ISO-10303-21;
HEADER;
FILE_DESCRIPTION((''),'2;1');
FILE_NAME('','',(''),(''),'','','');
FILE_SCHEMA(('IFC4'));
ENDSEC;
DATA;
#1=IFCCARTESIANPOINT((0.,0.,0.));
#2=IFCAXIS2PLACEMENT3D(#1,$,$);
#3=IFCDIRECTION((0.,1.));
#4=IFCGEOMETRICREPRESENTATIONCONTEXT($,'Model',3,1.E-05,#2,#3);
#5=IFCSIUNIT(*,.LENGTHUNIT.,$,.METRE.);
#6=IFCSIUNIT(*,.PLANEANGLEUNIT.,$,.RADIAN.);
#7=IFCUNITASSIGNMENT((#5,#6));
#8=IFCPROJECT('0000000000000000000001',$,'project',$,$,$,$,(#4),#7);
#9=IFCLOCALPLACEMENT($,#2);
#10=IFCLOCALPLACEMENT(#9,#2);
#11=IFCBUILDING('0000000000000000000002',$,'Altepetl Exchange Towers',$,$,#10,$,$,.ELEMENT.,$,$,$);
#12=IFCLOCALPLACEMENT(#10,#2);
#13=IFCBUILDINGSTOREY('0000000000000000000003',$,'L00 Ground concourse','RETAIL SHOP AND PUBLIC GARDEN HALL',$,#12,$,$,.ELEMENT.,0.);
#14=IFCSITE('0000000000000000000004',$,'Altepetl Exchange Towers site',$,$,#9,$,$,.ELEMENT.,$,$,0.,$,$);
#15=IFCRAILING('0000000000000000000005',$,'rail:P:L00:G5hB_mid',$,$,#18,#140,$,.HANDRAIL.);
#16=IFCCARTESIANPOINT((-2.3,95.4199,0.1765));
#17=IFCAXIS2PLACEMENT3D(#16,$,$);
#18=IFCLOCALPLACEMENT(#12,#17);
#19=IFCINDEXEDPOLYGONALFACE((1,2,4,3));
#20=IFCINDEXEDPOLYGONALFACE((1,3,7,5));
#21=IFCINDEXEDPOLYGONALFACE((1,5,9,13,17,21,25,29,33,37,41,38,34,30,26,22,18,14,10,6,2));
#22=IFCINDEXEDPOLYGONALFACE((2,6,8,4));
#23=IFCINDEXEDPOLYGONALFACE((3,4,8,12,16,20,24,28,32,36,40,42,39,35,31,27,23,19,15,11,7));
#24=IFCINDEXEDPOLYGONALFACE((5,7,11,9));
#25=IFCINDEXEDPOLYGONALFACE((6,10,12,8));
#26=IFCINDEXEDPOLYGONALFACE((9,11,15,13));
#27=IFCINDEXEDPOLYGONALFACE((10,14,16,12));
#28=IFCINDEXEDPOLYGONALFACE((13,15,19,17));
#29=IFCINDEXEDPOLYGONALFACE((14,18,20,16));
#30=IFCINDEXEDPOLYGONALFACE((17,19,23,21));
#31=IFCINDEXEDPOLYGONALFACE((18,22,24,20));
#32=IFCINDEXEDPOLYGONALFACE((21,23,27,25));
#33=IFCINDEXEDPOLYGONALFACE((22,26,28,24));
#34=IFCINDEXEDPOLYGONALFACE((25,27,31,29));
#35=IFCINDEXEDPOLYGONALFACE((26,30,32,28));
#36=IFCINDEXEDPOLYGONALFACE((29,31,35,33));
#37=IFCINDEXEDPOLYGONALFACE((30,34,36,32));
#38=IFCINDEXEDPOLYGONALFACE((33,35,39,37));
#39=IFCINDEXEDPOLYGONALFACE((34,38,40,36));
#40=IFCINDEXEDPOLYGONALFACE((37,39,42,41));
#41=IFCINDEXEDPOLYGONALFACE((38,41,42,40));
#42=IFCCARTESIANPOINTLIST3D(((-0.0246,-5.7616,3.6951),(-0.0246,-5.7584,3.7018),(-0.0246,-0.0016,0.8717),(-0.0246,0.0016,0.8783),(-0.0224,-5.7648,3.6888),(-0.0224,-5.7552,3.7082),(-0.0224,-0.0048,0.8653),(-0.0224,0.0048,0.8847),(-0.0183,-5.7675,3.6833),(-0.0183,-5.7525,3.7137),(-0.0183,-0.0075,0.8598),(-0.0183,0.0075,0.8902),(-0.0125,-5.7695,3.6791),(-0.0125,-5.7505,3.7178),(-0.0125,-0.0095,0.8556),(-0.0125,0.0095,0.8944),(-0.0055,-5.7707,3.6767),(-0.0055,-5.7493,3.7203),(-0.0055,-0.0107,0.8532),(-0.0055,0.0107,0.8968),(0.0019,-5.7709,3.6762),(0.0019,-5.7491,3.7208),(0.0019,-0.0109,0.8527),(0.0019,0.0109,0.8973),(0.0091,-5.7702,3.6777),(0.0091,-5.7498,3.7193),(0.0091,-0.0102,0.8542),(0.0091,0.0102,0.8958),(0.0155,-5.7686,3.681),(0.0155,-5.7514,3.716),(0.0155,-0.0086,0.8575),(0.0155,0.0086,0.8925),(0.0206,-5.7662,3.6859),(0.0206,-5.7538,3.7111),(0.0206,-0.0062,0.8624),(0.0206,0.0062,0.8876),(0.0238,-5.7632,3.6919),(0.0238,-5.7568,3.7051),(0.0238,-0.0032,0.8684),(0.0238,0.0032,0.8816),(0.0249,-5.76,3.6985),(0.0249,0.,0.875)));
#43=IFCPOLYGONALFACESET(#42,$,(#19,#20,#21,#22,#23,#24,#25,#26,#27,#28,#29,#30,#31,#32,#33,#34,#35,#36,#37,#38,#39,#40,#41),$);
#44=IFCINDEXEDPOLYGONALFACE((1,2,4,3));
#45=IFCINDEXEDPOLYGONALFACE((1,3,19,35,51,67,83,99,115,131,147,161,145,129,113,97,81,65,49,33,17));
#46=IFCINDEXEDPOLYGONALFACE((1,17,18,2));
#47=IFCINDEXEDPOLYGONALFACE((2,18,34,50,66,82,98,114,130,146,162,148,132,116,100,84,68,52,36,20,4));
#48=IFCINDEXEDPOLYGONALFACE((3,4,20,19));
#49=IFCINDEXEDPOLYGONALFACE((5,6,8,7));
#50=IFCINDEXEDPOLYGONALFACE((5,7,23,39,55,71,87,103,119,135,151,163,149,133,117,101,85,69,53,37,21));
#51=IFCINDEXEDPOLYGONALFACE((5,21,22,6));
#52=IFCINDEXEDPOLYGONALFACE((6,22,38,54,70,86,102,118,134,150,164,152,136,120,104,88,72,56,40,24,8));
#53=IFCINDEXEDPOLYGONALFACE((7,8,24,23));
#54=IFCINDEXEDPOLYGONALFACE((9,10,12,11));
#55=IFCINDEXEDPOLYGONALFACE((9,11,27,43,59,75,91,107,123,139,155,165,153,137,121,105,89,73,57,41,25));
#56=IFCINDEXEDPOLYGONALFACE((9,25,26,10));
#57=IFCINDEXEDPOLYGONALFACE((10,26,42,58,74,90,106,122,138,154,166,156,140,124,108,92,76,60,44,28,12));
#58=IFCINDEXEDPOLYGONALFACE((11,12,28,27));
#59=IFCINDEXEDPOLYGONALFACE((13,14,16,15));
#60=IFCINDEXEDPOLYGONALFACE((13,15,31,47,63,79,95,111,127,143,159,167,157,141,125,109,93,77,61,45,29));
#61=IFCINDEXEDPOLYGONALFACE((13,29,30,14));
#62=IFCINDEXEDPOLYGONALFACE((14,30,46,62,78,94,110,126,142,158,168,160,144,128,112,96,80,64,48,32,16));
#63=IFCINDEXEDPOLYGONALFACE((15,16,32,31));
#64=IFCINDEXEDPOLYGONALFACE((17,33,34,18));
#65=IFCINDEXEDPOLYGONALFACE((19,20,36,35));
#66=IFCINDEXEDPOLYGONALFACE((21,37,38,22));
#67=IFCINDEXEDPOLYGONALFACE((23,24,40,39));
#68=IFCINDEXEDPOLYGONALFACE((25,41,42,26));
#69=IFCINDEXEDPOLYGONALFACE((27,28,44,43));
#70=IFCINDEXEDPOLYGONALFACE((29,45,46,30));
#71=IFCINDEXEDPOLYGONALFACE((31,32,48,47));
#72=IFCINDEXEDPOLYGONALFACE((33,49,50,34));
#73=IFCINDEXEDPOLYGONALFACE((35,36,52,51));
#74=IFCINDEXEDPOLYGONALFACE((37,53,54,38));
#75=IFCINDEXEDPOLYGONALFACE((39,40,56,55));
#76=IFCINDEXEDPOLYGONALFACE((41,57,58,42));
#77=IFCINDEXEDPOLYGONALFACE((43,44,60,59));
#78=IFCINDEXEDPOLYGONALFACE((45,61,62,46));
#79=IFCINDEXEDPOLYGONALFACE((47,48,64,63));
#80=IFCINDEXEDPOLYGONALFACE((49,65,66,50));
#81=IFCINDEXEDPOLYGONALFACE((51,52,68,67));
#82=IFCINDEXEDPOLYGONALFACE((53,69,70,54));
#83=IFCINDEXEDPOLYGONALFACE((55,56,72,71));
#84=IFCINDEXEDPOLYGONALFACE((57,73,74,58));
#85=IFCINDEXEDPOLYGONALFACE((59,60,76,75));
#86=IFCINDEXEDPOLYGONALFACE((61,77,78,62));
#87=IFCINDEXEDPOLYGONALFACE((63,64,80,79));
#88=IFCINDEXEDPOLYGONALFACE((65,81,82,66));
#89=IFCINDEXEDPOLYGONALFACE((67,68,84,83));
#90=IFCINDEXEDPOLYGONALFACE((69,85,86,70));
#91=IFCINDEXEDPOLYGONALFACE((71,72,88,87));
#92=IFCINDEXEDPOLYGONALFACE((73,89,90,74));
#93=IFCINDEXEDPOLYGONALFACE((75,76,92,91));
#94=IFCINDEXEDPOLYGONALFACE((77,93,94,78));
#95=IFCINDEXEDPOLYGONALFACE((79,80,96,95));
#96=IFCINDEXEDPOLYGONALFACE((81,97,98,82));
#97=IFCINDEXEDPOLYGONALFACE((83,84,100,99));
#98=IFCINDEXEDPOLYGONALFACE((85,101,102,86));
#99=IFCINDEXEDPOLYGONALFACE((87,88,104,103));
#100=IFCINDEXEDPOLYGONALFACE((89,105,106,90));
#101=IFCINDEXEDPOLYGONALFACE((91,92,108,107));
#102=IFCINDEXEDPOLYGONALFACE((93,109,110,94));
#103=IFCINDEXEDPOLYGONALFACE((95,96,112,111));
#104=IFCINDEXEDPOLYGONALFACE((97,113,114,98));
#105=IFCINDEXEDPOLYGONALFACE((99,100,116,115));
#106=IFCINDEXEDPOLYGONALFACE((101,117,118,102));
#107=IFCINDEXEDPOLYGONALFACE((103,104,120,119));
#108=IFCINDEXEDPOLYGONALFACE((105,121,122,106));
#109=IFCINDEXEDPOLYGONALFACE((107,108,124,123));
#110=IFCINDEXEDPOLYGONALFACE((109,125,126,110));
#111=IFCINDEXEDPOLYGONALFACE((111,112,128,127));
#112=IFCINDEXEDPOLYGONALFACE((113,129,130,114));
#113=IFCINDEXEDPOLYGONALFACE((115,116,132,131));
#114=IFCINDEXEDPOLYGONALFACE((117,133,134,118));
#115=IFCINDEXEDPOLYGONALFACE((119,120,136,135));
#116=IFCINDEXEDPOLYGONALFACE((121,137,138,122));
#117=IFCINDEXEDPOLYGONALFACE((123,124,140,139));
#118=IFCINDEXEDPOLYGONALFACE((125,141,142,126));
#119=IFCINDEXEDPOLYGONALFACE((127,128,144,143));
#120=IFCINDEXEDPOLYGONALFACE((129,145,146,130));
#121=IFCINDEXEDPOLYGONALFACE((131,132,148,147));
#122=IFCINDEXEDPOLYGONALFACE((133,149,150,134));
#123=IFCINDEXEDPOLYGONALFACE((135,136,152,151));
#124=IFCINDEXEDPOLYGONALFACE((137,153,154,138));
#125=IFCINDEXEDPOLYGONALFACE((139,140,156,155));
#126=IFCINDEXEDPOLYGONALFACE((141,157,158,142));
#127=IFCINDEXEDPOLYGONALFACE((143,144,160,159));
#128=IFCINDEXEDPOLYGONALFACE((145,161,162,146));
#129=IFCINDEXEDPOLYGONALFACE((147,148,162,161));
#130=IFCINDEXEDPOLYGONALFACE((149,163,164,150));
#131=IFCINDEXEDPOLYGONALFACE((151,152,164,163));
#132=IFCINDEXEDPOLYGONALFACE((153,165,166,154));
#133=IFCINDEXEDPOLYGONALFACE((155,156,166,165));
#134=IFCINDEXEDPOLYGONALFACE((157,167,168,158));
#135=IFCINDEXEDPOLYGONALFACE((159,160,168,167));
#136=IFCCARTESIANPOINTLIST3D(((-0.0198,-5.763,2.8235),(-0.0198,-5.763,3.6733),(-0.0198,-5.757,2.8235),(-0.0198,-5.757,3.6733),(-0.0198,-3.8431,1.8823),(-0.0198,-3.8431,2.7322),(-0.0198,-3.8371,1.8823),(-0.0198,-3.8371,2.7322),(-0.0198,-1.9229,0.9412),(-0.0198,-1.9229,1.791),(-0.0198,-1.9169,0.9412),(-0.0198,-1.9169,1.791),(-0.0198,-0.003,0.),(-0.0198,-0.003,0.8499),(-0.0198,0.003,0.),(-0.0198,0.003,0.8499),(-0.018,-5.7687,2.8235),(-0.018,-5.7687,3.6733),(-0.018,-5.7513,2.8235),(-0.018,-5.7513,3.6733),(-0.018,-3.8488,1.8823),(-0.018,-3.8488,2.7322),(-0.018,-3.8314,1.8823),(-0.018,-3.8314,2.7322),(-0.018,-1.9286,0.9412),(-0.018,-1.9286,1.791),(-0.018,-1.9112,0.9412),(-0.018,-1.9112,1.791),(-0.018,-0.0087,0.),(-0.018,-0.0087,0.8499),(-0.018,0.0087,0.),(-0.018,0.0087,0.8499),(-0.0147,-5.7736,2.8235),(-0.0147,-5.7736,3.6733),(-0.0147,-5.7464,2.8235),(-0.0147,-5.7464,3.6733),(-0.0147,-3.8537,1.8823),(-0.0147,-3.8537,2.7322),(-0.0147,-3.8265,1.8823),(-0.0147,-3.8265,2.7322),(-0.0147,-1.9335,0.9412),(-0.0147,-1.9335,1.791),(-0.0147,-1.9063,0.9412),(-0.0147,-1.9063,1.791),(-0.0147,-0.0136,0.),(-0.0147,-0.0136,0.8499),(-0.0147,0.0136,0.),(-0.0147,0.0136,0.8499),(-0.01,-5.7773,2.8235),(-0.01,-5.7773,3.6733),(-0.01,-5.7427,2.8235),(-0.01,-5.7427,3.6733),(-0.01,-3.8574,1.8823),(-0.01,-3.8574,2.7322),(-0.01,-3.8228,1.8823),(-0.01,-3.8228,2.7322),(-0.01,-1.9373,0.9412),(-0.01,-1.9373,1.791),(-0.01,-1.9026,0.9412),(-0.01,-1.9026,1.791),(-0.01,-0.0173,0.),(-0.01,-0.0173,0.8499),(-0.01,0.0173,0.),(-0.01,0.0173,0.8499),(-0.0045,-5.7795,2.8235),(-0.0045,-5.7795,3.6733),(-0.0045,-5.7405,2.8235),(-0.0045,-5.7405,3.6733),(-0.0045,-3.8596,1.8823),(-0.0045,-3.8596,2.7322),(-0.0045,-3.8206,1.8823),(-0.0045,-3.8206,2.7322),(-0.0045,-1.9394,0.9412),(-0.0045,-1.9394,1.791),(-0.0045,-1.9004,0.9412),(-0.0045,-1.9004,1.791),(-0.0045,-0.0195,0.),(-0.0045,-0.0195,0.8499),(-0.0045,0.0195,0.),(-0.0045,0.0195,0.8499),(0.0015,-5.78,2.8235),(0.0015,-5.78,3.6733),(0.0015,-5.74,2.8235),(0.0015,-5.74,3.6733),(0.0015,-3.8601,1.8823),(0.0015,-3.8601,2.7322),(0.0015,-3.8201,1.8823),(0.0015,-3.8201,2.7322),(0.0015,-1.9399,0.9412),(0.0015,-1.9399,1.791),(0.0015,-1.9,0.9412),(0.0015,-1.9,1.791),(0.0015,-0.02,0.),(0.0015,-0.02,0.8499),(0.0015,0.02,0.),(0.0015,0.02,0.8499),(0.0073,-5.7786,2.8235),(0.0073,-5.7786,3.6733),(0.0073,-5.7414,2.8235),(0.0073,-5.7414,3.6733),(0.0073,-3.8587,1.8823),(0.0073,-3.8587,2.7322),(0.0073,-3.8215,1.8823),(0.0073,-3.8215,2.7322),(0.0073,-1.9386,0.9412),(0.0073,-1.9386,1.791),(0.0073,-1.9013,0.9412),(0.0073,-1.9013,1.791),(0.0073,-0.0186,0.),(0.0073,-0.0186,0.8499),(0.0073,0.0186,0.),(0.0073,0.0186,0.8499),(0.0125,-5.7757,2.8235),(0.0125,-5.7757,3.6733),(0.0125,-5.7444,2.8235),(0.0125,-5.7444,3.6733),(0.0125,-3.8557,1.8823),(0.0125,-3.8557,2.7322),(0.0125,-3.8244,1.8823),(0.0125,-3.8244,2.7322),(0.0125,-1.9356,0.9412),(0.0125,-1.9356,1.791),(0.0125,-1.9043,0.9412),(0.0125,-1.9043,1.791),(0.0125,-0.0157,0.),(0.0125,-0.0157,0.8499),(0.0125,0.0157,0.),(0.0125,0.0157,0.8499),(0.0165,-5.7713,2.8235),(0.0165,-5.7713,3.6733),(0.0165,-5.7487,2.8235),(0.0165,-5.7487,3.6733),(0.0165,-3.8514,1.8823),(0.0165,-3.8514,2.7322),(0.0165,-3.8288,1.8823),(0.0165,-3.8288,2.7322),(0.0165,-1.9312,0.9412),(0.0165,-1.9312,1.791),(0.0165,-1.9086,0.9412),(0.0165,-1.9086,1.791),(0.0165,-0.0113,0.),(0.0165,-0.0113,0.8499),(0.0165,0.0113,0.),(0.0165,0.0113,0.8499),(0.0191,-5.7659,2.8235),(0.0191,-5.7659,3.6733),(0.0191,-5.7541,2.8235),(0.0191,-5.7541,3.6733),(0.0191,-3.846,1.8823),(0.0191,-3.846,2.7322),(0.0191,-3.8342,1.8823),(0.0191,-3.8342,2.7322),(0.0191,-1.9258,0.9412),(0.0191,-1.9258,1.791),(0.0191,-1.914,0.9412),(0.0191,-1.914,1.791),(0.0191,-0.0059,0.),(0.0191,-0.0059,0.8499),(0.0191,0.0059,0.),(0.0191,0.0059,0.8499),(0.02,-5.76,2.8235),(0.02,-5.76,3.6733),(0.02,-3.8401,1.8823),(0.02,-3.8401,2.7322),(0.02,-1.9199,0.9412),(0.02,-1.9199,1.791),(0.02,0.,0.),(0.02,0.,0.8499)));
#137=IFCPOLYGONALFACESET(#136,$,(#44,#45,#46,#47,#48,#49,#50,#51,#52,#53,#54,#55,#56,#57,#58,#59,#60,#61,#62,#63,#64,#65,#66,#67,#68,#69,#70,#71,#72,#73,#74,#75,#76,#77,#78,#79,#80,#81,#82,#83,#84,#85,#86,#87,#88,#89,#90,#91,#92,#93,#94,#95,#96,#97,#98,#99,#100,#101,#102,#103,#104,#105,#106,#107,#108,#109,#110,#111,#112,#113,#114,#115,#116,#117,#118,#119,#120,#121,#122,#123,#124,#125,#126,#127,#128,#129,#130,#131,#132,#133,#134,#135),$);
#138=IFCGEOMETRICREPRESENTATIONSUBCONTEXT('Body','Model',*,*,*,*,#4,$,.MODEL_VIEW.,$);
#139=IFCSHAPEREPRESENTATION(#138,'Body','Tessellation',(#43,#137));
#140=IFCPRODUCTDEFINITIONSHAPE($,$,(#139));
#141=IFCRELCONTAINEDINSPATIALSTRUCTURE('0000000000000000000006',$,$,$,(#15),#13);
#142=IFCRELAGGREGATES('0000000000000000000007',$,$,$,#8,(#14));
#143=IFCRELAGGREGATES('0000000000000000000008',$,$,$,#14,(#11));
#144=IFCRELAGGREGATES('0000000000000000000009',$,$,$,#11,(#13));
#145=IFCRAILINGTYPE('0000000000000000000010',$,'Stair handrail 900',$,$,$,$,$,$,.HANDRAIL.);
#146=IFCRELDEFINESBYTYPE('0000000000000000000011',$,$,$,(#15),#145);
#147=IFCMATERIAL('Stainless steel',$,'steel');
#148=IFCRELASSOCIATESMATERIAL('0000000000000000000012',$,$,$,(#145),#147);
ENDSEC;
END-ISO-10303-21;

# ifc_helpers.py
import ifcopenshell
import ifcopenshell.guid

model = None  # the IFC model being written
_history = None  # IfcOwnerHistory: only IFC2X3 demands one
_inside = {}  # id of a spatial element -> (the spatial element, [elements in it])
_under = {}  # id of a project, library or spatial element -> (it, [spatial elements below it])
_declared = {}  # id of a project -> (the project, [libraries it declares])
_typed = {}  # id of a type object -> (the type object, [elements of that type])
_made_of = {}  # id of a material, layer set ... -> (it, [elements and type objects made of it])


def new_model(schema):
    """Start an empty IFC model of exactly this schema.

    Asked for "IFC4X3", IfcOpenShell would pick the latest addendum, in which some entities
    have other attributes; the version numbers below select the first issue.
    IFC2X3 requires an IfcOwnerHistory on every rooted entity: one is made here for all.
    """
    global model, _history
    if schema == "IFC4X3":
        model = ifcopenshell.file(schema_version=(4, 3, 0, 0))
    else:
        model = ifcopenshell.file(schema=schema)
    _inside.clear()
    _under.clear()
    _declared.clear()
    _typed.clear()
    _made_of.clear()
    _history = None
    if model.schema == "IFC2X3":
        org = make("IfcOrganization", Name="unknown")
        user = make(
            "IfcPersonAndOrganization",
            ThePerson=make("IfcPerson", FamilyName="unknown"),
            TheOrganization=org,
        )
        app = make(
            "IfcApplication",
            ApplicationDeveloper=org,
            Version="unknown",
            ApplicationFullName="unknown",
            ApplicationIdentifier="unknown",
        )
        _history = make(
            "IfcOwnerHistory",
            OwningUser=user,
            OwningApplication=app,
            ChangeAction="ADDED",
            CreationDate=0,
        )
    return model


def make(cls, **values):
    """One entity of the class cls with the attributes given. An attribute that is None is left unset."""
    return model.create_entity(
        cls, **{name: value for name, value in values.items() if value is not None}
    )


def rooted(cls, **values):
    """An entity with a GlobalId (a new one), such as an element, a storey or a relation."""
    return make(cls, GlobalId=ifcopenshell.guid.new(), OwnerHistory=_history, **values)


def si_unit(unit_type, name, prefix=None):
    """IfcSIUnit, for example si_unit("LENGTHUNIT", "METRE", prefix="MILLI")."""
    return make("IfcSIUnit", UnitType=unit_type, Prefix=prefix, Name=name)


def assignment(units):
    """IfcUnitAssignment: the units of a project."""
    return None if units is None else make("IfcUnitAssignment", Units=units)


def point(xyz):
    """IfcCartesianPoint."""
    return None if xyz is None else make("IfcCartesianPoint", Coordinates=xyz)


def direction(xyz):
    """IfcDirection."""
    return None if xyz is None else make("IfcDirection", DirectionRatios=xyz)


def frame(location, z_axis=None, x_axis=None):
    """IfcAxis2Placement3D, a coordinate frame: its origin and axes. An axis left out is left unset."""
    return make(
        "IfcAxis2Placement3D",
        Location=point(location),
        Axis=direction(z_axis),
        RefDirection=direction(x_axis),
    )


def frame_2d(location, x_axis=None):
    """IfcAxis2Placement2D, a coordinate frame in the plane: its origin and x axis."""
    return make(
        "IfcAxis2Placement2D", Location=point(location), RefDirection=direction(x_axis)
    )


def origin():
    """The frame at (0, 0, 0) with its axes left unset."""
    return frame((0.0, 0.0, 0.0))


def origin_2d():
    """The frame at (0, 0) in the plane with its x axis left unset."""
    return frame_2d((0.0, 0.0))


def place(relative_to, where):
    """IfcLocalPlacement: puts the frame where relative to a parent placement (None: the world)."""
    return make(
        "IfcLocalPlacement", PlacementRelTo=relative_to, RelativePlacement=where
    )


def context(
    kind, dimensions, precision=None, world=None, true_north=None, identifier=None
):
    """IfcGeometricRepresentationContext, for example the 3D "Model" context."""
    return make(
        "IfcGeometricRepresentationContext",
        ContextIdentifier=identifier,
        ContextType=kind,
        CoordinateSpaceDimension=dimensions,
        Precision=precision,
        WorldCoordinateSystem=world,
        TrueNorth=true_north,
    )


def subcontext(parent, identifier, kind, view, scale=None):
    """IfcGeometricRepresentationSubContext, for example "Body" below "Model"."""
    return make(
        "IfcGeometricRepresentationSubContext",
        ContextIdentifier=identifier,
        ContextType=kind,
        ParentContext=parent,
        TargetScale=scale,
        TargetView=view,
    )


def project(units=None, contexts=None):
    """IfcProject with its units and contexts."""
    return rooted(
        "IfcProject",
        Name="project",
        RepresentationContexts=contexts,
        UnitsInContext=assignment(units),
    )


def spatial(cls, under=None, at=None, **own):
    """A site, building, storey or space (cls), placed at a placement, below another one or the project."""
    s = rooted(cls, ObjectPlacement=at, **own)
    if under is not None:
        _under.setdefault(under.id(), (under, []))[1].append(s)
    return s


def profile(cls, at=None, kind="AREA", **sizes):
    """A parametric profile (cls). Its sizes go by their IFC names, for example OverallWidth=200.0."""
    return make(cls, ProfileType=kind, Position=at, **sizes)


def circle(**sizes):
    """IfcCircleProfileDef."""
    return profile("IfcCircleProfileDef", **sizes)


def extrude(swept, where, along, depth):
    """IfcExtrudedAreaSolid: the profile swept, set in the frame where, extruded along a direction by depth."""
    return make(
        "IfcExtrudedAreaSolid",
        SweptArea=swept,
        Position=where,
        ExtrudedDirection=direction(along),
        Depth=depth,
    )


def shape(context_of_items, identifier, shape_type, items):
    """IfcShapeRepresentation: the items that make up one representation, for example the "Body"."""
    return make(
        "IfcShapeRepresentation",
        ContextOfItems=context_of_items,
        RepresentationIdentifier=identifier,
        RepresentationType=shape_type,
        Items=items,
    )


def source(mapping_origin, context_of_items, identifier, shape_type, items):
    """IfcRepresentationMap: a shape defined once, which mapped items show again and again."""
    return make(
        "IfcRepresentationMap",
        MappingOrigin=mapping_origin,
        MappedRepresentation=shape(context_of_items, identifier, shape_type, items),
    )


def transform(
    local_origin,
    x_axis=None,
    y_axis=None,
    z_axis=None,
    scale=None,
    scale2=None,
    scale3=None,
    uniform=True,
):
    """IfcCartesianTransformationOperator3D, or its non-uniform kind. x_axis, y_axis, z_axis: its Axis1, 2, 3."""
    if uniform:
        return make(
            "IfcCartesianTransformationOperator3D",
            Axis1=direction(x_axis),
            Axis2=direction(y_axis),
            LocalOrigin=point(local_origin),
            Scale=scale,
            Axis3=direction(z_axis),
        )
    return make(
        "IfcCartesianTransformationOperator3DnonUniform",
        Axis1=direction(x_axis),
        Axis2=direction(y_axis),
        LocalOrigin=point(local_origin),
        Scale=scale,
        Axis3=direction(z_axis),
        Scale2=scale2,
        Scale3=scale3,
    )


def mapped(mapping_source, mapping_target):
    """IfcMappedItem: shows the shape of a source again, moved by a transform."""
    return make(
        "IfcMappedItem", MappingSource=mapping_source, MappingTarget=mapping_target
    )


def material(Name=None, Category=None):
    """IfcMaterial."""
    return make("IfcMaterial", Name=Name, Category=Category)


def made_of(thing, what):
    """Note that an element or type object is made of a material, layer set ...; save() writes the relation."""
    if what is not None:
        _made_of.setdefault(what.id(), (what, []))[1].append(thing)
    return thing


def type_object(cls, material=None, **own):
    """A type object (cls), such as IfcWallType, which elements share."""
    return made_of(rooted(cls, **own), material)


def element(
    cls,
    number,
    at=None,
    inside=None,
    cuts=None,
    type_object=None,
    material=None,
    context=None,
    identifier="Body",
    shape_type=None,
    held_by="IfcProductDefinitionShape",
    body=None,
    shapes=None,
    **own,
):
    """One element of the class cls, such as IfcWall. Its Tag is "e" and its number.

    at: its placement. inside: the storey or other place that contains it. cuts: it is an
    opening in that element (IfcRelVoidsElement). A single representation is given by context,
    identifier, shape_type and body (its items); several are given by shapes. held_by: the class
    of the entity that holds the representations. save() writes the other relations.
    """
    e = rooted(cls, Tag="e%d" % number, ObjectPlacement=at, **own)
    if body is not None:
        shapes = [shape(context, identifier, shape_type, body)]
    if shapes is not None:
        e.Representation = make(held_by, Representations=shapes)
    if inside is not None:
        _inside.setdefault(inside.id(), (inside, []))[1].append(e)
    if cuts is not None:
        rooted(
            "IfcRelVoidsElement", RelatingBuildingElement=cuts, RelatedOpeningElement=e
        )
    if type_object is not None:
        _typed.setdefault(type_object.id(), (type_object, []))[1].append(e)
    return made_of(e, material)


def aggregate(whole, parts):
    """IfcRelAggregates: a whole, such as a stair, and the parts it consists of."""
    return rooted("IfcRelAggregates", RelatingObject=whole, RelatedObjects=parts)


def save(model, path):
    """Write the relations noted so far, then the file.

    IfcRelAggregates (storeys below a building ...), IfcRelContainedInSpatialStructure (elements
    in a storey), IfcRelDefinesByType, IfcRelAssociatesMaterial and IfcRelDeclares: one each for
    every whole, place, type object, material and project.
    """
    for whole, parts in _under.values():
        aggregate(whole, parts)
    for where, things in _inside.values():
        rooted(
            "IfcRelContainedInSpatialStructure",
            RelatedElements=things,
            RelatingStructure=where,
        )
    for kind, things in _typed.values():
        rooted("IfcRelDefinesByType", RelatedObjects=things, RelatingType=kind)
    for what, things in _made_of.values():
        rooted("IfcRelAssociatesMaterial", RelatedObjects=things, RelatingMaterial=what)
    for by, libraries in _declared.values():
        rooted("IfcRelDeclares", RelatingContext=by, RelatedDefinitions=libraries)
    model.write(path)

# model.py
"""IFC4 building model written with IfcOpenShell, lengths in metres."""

from ifc_helpers import new_model, si_unit, direction, frame, origin, origin_2d, place, context, subcontext, project, spatial, circle, extrude, source, transform, mapped, material, type_object, element, save


model = new_model("IFC4")

# Units and contexts
model_context = context("Model", 3, precision=1e-05, world=origin(), true_north=direction((0.0, 1.0)))
body_context = subcontext(model_context, "Body", "Model", "MODEL_VIEW")
ifc_project = project(units=[si_unit("LENGTHUNIT", "METRE"), si_unit("PLANEANGLEUNIT", "RADIAN")], contexts=[model_context])

# Site, building, storey
site_placement = place(None, origin())
site = spatial("IfcSite", under=ifc_project, at=site_placement, Name="Altepetl Exchange Towers site", CompositionType="ELEMENT", RefElevation=0.0)
building_placement = place(site_placement, origin())
building = spatial("IfcBuilding", under=site, at=building_placement, Name="Altepetl Exchange Towers", CompositionType="ELEMENT")
storey_placement = place(building_placement, origin())
storey = spatial("IfcBuildingStorey", under=building, at=storey_placement, Name="L00 Ground concourse", Description="RETAIL SHOP AND PUBLIC GARDEN HALL", CompositionType="ELEMENT", Elevation=0.0)

# Railing
ifc_material_1 = material(Name="Stainless steel", Category="steel")
railing_type_1 = type_object("IfcRailingType", Name="Stair handrail 900", PredefinedType="HANDRAIL", material=ifc_material_1)
shared_shape_1 = source(origin(), body_context, "Body", "SweptSolid", [
    extrude(circle(Radius=0.02, at=origin_2d()), origin(), (0.0, 0.0, 1.0), 0.8499),
])
for number, where, name in (
    (1, (-2.3, 95.4199, 0.1765), "rail:P:L00:G5hB_mid"),
):
    element("IfcRailing", number, at=place(storey_placement, frame(where)), inside=storey, type_object=railing_type_1, Name=name, PredefinedType="HANDRAIL", context=body_context, shape_type="SweptSolid", body=[
        extrude(circle(Radius=0.0249, at=origin_2d()), frame((0.0, 0.0, 0.875), z_axis=(0.0, -0.897924, 0.440151), x_axis=(1.0, 0.0, 0.0)), (0.0, 0.0, 1.0), 6.4148),
        mapped(shared_shape_1, transform((0.0, 0.0, 0.0))),
        mapped(shared_shape_1, transform((0.0, -1.9199, 0.9412))),
        mapped(shared_shape_1, transform((0.0, -3.8401, 1.8823))),
        mapped(shared_shape_1, transform((0.0, -5.76, 2.8235))),
    ])

save(model, "model.ifc")
